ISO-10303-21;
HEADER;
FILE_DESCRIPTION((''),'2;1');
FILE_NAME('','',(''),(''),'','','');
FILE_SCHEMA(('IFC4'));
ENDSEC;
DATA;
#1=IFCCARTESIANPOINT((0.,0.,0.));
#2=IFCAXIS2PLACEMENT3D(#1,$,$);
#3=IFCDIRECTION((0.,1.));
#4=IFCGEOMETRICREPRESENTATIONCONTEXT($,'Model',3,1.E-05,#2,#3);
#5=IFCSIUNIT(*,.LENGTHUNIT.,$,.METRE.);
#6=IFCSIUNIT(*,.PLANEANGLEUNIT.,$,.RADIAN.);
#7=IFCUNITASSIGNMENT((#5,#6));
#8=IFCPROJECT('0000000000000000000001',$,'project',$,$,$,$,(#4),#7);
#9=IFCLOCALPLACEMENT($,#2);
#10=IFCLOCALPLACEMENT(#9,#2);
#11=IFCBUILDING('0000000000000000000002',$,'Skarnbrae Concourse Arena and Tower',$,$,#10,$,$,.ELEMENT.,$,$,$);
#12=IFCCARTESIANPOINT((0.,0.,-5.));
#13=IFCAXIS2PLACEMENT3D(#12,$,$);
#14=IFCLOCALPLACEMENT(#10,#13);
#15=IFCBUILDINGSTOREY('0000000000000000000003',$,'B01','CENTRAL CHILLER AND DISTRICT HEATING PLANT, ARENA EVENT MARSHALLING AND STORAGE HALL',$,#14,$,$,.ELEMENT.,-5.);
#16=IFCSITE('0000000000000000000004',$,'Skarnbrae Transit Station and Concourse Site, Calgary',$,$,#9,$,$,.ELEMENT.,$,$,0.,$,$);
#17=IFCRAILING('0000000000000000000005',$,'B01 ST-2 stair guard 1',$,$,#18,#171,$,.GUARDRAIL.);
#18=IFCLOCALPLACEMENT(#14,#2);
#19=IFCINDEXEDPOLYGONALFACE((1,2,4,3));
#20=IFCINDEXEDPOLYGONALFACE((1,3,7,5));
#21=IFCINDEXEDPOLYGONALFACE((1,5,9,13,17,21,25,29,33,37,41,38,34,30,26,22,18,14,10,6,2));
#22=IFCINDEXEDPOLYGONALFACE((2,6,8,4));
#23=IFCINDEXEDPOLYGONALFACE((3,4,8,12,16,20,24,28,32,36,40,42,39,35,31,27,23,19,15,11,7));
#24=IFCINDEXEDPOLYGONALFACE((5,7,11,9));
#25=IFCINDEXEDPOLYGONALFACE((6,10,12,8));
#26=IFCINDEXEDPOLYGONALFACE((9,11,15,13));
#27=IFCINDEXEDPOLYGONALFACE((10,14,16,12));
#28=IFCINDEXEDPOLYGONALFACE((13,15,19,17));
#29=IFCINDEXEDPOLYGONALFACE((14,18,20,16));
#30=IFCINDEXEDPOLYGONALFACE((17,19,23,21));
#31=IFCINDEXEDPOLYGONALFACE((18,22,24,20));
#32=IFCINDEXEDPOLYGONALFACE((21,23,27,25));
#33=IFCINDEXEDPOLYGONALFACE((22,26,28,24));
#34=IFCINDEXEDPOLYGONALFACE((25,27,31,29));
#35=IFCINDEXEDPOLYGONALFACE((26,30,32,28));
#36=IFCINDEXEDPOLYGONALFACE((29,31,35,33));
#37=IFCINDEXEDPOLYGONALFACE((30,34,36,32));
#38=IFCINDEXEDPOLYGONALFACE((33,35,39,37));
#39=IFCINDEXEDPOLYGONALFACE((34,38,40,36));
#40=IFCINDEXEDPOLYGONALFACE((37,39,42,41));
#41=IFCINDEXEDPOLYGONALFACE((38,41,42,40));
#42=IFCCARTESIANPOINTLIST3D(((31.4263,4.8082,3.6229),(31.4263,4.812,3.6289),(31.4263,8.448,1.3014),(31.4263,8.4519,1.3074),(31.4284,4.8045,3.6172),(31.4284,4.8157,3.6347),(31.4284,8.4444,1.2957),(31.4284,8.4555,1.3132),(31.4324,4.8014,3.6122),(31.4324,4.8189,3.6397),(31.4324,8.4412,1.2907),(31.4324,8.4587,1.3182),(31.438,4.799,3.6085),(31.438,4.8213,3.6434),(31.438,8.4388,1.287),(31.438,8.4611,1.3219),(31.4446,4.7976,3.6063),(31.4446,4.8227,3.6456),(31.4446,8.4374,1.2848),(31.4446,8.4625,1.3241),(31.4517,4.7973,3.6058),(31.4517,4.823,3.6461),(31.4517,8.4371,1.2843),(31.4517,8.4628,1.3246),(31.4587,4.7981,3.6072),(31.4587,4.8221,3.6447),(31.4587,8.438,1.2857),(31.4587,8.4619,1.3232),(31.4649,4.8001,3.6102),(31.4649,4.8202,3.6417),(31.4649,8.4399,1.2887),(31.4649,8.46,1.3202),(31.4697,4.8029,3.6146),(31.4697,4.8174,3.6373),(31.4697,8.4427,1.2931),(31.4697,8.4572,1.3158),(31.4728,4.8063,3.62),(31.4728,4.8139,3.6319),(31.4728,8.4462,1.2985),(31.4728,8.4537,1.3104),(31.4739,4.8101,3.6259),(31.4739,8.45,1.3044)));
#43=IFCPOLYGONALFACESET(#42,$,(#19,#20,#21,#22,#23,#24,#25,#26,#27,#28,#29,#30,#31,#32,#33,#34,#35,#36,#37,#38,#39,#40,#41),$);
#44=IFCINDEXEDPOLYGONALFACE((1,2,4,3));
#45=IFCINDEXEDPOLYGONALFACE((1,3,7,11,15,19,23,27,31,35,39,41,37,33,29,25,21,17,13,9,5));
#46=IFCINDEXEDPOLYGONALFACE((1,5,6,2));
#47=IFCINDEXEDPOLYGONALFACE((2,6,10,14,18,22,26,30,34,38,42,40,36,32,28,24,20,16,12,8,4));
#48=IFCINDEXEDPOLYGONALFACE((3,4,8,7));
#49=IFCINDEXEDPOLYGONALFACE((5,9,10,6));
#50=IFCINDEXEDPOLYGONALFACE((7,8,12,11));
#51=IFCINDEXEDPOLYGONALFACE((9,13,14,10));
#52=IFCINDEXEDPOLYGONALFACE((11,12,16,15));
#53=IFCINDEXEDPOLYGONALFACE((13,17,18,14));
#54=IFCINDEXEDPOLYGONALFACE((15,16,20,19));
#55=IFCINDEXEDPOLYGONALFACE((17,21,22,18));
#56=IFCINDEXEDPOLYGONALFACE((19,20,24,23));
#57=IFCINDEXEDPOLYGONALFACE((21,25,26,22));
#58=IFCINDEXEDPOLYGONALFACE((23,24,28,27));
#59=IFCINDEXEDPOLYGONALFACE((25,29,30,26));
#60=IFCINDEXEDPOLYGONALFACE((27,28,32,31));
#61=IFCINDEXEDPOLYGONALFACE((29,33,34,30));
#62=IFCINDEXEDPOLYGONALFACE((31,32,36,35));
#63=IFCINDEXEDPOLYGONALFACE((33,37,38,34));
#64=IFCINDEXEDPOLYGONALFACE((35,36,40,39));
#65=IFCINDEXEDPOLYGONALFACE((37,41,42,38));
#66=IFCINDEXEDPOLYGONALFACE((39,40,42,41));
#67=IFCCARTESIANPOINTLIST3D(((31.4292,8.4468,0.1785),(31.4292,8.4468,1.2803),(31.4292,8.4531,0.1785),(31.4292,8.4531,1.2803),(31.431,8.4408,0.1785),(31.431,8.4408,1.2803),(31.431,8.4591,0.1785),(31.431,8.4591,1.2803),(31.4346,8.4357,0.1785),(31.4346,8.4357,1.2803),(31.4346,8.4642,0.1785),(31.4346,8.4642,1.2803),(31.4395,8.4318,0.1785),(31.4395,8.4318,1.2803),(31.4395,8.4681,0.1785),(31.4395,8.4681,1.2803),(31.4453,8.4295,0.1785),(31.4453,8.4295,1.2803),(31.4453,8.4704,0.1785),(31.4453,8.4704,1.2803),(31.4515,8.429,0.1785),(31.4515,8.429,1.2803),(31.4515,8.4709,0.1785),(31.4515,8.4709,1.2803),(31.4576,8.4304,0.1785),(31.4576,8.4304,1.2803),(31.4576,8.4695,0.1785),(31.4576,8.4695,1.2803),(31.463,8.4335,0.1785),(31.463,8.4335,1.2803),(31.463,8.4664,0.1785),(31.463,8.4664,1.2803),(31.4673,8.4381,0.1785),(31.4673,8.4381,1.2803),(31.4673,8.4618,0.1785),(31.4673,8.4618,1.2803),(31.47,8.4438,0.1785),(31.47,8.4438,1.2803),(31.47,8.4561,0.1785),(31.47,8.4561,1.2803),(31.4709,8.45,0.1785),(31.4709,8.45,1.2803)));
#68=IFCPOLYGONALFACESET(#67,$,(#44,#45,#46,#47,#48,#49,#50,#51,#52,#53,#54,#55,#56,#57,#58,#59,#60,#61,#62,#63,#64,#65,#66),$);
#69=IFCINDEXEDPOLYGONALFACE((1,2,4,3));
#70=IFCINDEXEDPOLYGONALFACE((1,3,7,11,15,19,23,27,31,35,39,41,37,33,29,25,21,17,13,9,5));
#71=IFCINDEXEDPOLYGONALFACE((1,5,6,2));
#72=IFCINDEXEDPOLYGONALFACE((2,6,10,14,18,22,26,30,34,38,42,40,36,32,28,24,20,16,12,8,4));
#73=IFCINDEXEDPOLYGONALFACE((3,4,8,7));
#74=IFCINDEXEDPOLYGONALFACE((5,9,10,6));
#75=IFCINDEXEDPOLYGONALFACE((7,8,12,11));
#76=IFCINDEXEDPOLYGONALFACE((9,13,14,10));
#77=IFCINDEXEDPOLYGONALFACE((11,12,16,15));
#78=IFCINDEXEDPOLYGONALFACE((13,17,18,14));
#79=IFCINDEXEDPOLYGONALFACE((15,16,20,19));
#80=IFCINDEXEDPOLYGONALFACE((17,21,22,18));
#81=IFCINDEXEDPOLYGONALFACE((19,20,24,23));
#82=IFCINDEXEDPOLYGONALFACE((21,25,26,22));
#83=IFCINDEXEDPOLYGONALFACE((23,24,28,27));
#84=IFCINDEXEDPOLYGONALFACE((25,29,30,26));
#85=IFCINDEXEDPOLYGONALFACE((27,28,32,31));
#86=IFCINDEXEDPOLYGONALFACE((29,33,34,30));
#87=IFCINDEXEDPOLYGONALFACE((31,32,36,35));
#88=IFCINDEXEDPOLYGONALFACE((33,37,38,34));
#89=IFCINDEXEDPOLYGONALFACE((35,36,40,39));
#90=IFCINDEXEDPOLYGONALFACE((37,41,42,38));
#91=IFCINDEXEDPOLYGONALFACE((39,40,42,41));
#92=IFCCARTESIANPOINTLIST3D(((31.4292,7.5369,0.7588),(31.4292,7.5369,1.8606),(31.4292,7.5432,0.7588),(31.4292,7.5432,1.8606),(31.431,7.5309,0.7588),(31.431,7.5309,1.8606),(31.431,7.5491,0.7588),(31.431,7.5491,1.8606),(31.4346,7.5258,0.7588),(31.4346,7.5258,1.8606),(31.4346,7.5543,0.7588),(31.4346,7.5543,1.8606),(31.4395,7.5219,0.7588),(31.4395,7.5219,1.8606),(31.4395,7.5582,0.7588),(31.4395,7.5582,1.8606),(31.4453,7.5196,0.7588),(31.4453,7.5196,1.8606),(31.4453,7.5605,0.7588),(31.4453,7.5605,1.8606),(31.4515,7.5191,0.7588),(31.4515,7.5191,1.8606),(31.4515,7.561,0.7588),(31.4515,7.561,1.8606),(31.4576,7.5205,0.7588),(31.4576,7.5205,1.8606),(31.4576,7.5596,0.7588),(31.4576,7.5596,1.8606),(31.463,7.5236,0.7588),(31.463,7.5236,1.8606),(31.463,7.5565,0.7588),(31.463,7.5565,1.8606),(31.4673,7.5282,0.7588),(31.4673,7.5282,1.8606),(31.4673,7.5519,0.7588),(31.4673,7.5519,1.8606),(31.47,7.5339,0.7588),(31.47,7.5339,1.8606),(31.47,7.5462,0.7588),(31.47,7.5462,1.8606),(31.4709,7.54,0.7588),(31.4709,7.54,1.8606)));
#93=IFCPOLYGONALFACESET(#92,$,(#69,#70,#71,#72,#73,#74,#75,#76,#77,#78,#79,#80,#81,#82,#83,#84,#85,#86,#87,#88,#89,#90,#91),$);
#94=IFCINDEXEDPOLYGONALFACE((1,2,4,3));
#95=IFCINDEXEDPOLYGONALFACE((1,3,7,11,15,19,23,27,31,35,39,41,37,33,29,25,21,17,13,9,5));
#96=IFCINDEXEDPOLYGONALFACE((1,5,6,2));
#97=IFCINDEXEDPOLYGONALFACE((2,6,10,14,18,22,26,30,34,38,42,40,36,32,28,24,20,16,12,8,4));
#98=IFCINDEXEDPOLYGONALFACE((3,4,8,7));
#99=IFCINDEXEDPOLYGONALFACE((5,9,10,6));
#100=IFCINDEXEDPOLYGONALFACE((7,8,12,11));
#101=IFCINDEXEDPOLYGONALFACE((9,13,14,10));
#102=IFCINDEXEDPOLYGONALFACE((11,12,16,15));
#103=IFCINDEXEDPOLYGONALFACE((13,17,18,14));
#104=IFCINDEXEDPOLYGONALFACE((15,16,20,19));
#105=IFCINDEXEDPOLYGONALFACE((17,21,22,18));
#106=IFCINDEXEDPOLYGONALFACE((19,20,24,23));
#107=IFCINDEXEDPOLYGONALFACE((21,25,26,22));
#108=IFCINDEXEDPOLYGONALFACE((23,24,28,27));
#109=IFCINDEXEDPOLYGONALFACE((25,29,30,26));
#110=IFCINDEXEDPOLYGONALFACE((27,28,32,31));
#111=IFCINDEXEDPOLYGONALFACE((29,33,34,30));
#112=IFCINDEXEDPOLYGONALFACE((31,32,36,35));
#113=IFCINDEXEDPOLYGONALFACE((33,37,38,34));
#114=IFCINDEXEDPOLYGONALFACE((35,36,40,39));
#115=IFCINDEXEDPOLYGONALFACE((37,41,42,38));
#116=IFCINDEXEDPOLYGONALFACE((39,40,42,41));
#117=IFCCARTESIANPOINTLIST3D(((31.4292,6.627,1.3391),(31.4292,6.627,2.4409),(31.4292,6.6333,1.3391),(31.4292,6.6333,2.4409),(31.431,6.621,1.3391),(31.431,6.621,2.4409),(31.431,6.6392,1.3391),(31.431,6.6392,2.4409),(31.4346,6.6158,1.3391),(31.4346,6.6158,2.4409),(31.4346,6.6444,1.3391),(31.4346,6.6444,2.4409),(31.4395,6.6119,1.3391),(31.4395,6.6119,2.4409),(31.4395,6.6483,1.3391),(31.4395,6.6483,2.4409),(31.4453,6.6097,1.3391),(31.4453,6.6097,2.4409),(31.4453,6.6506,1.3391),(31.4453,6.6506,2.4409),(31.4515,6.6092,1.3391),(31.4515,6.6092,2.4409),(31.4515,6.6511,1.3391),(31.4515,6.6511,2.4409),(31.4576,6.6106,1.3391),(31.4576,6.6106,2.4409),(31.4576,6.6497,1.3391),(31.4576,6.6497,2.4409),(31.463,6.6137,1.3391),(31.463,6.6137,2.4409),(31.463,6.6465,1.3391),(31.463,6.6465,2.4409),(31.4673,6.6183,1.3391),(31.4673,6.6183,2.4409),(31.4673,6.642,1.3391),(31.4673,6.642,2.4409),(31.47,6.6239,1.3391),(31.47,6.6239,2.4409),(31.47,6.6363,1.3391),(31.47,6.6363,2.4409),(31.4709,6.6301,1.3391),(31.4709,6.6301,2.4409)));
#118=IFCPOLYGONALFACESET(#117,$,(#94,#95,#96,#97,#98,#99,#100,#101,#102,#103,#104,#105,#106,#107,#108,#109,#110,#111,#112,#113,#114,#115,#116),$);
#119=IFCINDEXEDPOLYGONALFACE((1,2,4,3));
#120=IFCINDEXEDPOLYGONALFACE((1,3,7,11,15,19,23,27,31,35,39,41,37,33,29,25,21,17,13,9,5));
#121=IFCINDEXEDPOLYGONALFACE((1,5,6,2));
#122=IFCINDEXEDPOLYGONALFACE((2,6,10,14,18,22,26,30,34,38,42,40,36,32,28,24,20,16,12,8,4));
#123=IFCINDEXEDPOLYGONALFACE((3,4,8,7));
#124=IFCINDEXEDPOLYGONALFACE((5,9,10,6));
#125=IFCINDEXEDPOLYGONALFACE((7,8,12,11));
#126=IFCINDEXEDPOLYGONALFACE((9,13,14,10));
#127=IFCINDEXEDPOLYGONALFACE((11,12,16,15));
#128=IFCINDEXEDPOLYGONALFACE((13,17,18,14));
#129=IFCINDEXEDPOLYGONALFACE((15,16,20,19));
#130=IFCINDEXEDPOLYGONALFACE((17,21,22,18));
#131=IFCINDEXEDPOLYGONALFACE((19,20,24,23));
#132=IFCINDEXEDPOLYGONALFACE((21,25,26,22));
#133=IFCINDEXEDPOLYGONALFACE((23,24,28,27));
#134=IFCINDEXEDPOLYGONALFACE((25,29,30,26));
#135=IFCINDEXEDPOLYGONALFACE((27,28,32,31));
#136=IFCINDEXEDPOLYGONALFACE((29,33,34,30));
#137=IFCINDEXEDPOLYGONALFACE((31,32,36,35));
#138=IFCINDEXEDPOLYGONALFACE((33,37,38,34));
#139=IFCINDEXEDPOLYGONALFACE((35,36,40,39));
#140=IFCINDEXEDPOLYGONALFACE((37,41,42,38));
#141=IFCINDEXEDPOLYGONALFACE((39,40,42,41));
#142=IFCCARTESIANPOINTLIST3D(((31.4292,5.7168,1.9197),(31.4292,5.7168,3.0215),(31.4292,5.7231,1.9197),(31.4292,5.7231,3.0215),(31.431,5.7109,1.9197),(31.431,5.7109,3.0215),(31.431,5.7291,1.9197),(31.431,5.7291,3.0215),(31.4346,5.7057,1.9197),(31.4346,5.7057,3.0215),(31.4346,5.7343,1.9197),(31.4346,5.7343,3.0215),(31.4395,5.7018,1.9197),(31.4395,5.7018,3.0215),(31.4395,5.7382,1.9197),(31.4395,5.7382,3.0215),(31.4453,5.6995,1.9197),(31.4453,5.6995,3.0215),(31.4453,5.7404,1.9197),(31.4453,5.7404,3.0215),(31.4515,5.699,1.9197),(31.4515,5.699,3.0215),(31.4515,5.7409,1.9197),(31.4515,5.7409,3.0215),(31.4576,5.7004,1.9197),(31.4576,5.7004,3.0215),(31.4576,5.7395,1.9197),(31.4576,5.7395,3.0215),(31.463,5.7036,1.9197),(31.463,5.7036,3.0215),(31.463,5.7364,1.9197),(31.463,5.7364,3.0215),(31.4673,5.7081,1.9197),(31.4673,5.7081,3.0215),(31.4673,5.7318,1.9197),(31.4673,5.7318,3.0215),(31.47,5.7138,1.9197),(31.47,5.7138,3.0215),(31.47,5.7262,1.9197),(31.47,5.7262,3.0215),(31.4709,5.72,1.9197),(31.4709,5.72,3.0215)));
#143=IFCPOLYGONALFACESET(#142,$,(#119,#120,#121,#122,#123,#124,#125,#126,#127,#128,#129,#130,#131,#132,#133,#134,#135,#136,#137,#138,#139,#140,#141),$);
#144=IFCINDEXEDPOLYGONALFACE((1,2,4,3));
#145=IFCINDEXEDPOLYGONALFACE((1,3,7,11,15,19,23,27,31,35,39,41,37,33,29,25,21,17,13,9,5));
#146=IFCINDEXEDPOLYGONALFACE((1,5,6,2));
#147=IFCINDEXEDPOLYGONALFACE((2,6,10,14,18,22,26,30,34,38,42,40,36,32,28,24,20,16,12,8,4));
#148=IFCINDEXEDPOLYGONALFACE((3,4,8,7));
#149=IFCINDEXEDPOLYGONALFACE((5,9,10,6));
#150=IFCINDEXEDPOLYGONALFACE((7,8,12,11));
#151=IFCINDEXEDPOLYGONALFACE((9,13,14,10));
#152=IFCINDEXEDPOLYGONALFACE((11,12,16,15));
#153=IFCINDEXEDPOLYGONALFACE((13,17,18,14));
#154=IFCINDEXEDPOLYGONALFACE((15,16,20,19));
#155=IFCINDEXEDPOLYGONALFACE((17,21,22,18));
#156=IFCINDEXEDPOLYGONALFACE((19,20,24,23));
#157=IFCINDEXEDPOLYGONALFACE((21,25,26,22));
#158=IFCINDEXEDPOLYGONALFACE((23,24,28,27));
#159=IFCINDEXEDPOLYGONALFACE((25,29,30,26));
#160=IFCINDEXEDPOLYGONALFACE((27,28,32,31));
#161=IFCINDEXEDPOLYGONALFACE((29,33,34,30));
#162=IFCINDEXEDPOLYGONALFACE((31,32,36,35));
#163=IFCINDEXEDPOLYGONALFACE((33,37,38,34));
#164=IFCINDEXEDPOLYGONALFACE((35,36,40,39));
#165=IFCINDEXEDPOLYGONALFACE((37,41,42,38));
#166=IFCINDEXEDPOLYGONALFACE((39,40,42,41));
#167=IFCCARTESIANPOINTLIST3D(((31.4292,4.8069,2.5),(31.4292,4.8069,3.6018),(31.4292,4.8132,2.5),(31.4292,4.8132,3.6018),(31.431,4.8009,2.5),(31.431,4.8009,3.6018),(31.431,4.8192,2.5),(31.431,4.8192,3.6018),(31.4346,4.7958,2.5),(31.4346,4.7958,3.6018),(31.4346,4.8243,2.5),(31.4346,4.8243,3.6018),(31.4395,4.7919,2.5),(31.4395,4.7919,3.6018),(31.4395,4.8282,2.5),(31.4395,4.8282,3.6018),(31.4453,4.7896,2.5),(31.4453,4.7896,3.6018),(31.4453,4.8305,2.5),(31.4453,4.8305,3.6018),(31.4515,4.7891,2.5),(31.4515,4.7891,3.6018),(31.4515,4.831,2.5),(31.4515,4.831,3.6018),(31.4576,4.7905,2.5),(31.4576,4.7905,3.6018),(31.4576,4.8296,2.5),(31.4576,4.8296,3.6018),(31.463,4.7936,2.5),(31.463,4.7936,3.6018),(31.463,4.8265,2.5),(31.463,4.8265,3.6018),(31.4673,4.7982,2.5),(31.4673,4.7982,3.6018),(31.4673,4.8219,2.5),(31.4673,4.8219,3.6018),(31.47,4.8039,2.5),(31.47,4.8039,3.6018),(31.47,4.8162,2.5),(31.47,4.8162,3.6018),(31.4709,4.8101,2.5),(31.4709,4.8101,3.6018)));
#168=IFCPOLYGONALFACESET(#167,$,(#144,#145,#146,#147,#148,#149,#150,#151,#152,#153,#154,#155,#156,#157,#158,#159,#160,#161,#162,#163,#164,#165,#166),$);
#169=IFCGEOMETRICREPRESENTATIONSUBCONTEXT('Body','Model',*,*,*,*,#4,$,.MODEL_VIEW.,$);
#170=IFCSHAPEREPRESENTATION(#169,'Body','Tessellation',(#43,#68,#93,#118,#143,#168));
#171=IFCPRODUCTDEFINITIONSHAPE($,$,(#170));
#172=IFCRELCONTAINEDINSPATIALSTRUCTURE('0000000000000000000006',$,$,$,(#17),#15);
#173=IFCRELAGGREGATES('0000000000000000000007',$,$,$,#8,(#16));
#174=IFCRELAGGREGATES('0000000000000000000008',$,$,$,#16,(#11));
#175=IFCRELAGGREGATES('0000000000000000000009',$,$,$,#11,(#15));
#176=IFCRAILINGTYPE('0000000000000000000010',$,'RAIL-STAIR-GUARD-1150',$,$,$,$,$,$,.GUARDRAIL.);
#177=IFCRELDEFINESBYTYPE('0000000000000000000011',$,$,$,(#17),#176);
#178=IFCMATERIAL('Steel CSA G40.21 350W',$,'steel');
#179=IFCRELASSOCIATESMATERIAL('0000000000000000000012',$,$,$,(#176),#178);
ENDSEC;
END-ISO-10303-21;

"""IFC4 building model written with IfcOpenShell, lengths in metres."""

from ifc_helpers import new_model, si_unit, direction, frame, origin, origin_2d, place, context, subcontext, project, spatial, circle, extrude, material, type_object, element, save


model = new_model("IFC4")

# Units and contexts
model_context = context("Model", 3, precision=1e-05, world=origin(), true_north=direction((0.0, 1.0)))
body_context = subcontext(model_context, "Body", "Model", "MODEL_VIEW")
ifc_project = project(units=[si_unit("LENGTHUNIT", "METRE"), si_unit("PLANEANGLEUNIT", "RADIAN")], contexts=[model_context])

# Site, building, storey
site_placement = place(None, origin())
site = spatial("IfcSite", under=ifc_project, at=site_placement, Name="Skarnbrae Transit Station and Concourse Site, Calgary", CompositionType="ELEMENT", RefElevation=0.0)
building_placement = place(site_placement, origin())
building = spatial("IfcBuilding", under=site, at=building_placement, Name="Skarnbrae Concourse Arena and Tower", CompositionType="ELEMENT")
storey_placement = place(building_placement, frame((0.0, 0.0, -5.0)))
storey = spatial("IfcBuildingStorey", under=building, at=storey_placement, Name="B01", Description="CENTRAL CHILLER AND DISTRICT HEATING PLANT, ARENA EVENT MARSHALLING AND STORAGE HALL", CompositionType="ELEMENT", Elevation=-5.0)

# Shared definitions
ifc_material_1 = material(Name="Steel CSA G40.21 350W", Category="steel")

# Railing
railing_type_1 = type_object("IfcRailingType", Name="RAIL-STAIR-GUARD-1150", PredefinedType="GUARDRAIL", material=ifc_material_1)
railing_1_placement = place(storey_placement, frame((31.45, 8.45, 0.1785)))
element("IfcRailing", 1, at=railing_1_placement, inside=storey, type_object=railing_type_1, Name="B01 ST-2 stair guard 1", PredefinedType="GUARDRAIL", context=body_context, shape_type="SweptSolid", body=[
    extrude(circle(Radius=0.0239, at=origin_2d()), frame((0.0, 0.0, 1.126), z_axis=(0.0, -0.843112, 0.537739), x_axis=(1.0, 0.0, 0.0)), (0.0, 0.0, 1.0), 4.3171),
    extrude(circle(Radius=0.021, at=origin_2d()), origin(), (0.0, 0.0, 1.0), 1.1018),
    extrude(circle(Radius=0.021, at=origin_2d()), frame((0.0, -0.9099, 0.5803)), (0.0, 0.0, 1.0), 1.1018),
    extrude(circle(Radius=0.021, at=origin_2d()), frame((0.0, -1.8198, 1.1606)), (0.0, 0.0, 1.0), 1.1018),
    extrude(circle(Radius=0.021, at=origin_2d()), frame((0.0, -2.73, 1.7412)), (0.0, 0.0, 1.0), 1.1018),
    extrude(circle(Radius=0.021, at=origin_2d()), frame((0.0, -3.6399, 2.3215)), (0.0, 0.0, 1.0), 1.1018),
])

save(model, "model.ifc")
